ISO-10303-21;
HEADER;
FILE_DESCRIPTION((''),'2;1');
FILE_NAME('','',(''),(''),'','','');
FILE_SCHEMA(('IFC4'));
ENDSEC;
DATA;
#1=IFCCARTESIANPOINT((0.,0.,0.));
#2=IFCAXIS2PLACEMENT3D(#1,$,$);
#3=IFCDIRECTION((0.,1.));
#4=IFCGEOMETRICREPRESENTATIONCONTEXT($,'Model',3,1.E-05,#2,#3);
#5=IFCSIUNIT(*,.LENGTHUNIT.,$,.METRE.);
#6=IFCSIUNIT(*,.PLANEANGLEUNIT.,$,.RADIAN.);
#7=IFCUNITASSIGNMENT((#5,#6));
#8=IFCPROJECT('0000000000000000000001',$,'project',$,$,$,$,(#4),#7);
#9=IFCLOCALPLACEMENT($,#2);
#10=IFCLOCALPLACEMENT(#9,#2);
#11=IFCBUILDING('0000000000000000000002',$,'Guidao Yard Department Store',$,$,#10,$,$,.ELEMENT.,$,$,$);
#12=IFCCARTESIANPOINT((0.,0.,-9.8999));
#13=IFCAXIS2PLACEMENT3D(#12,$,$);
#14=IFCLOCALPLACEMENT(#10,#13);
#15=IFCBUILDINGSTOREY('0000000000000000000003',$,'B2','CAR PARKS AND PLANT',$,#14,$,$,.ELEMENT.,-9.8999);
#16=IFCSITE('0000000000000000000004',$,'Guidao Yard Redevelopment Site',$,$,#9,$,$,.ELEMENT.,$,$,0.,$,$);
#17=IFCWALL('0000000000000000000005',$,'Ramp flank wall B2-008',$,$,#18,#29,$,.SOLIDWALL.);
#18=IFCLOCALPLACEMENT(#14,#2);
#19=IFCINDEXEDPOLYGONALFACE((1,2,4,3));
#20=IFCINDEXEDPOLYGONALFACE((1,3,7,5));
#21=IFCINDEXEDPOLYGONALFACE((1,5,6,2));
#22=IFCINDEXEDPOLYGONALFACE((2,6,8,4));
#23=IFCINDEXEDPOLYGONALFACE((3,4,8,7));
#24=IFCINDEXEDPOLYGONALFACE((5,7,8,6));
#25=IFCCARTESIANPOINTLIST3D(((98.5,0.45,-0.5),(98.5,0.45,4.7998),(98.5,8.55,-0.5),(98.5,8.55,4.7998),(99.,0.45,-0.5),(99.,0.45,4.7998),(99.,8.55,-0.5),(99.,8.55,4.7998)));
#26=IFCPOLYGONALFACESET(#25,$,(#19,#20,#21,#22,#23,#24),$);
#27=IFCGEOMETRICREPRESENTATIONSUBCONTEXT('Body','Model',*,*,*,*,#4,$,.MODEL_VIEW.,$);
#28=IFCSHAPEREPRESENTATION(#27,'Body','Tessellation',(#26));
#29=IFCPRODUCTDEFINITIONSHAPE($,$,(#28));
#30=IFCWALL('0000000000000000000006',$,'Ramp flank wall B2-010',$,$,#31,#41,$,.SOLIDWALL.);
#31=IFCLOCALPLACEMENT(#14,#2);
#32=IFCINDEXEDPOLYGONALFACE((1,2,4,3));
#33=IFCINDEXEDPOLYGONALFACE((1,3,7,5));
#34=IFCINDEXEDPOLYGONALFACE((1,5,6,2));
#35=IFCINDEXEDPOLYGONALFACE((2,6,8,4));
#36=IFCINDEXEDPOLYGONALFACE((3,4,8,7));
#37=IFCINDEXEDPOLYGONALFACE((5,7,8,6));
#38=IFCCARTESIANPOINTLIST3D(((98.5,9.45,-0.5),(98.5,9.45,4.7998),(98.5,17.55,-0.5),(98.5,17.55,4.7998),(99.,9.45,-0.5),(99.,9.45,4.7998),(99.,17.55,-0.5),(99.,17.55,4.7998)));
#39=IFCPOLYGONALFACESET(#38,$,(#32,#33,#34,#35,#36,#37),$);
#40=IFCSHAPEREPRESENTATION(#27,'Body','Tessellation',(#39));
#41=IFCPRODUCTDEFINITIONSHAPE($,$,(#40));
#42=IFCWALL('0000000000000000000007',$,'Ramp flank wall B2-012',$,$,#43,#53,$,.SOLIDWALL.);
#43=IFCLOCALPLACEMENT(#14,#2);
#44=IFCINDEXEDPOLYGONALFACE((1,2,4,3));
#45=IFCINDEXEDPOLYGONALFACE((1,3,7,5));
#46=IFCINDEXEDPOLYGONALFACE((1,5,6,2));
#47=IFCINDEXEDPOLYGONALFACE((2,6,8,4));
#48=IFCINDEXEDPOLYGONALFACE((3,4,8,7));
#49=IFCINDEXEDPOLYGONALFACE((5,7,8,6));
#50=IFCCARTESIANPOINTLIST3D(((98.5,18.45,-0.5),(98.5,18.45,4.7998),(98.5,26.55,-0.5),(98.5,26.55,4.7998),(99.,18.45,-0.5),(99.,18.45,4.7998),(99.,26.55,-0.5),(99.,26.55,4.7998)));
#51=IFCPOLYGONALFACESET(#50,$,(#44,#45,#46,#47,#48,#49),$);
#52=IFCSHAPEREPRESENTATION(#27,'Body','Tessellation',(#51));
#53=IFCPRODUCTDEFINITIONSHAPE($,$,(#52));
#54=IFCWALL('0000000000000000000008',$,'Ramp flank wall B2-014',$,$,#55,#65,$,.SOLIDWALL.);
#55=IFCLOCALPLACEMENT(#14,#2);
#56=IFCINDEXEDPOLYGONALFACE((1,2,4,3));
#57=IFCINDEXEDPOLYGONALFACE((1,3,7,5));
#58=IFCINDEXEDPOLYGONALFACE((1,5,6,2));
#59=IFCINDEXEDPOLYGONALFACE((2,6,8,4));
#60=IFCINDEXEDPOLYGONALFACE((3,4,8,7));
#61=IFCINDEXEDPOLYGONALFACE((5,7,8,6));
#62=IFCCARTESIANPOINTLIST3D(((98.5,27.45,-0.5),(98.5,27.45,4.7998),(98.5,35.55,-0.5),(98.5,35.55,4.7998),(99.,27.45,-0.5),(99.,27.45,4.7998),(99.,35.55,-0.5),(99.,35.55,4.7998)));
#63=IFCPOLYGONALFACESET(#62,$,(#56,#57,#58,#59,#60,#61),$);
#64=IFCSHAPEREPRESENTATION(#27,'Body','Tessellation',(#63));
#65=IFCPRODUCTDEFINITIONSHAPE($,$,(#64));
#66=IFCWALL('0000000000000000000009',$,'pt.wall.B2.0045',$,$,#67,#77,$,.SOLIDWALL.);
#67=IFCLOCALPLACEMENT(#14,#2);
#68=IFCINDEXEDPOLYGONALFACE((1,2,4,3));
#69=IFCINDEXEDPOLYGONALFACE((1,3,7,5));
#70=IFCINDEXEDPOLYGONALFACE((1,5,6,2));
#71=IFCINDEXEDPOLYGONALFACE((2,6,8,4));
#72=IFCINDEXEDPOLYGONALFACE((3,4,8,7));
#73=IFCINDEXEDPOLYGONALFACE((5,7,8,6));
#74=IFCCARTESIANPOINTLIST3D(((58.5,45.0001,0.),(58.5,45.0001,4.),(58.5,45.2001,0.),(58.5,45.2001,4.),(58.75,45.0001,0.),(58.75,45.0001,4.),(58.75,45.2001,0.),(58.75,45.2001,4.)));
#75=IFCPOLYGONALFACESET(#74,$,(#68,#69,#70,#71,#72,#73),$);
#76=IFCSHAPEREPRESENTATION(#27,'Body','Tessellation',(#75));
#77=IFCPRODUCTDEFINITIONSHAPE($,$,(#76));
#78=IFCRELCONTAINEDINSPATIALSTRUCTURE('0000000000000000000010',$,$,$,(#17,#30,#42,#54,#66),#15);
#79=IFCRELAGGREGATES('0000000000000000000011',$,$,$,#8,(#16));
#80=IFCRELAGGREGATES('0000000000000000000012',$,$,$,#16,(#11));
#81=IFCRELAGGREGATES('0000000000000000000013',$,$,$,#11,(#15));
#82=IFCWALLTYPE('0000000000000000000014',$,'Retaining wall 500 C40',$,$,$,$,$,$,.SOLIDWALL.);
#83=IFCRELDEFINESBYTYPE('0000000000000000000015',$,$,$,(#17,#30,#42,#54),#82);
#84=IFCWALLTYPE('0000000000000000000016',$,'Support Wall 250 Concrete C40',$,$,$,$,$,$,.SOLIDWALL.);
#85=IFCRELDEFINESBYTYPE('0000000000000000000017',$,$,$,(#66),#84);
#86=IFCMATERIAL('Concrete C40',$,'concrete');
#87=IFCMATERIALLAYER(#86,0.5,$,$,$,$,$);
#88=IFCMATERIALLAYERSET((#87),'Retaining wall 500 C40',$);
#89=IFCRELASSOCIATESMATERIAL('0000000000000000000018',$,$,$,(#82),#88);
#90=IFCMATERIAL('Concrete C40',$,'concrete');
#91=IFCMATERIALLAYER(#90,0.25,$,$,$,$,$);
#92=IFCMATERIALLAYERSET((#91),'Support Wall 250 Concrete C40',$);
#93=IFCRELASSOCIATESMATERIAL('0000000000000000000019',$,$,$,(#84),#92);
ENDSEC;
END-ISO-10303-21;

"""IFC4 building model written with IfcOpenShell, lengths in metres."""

from ifc_helpers import new_model, si_unit, direction, frame, frame_2d, origin, place, context, subcontext, project, spatial, rectangle, extrude, material, layer, layer_set, type_object, element, save


model = new_model("IFC4")

# Units and contexts
model_context = context("Model", 3, precision=1e-05, world=origin(), true_north=direction((0.0, 1.0)))
body_context = subcontext(model_context, "Body", "Model", "MODEL_VIEW")
ifc_project = project(units=[si_unit("LENGTHUNIT", "METRE"), si_unit("PLANEANGLEUNIT", "RADIAN")], contexts=[model_context])

# Site, building, storey
site_placement = place(None, origin())
site = spatial("IfcSite", under=ifc_project, at=site_placement, Name="Guidao Yard Redevelopment Site", CompositionType="ELEMENT", RefElevation=0.0)
building_placement = place(site_placement, origin())
building = spatial("IfcBuilding", under=site, at=building_placement, Name="Guidao Yard Department Store", CompositionType="ELEMENT")
storey_placement = place(building_placement, frame((0.0, 0.0, -9.8999)))
storey = spatial("IfcBuildingStorey", under=building, at=storey_placement, Name="B2", Description="CAR PARKS AND PLANT", CompositionType="ELEMENT", Elevation=-9.8999)

# Walls
ifc_material_1 = material(Name="Concrete C40", Category="concrete")
ifc_layer_1 = layer(ifc_material_1, 0.5)
ifc_layer_set_1 = layer_set([ifc_layer_1], Name="Retaining wall 500 C40")
wall_type_1 = type_object("IfcWallType", Name="Retaining wall 500 C40", PredefinedType="SOLIDWALL", material=ifc_layer_set_1)
for number, where, z_axis, x_axis, name in (
    (1, (98.75, 0.45, -0.5), (0.0, 0.0, 1.0), (0.0, 1.0, 0.0), "Ramp flank wall B2-008"),
    (2, (98.75, 9.45, -0.5), (0.0, 0.0, 1.0), (0.0, 1.0, 0.0), "Ramp flank wall B2-010"),
    (3, (98.75, 18.45, -0.5), (0.0, 0.0, 1.0), (0.0, 1.0, 0.0), "Ramp flank wall B2-012"),
    (4, (98.75, 27.45, -0.5), (0.0, 0.0, 1.0), (0.0, 1.0, 0.0), "Ramp flank wall B2-014"),
):
    element("IfcWall", number, at=place(storey_placement, frame(where, z_axis=z_axis, x_axis=x_axis)), inside=storey, type_object=wall_type_1, Name=name, PredefinedType="SOLIDWALL", context=body_context, shape_type="SweptSolid", body=[
        extrude(rectangle(XDim=8.1001, YDim=0.5, at=frame_2d((4.05, 0.0))), origin(), (0.0, 0.0, 1.0), 5.2998),
    ])
ifc_material_2 = material(Name="Concrete C40", Category="concrete")
ifc_layer_2 = layer(ifc_material_2, 0.25)
ifc_layer_set_2 = layer_set([ifc_layer_2], Name="Support Wall 250 Concrete C40")
wall_type_2 = type_object("IfcWallType", Name="Support Wall 250 Concrete C40", PredefinedType="SOLIDWALL", material=ifc_layer_set_2)
wall_1_placement = place(storey_placement, frame((58.625, 45.0, 0.0), z_axis=(0.0, 0.0, 1.0), x_axis=(0.0, 1.0, 0.0)))
element("IfcWall", 5, at=wall_1_placement, inside=storey, type_object=wall_type_2, Name="pt.wall.B2.0045", PredefinedType="SOLIDWALL", context=body_context, shape_type="SweptSolid", body=[
    extrude(rectangle(XDim=0.2, YDim=0.25, at=frame_2d((0.1001, 0.0))), origin(), (0.0, 0.0, 1.0), 4.0),
])

save(model, "model.ifc")
